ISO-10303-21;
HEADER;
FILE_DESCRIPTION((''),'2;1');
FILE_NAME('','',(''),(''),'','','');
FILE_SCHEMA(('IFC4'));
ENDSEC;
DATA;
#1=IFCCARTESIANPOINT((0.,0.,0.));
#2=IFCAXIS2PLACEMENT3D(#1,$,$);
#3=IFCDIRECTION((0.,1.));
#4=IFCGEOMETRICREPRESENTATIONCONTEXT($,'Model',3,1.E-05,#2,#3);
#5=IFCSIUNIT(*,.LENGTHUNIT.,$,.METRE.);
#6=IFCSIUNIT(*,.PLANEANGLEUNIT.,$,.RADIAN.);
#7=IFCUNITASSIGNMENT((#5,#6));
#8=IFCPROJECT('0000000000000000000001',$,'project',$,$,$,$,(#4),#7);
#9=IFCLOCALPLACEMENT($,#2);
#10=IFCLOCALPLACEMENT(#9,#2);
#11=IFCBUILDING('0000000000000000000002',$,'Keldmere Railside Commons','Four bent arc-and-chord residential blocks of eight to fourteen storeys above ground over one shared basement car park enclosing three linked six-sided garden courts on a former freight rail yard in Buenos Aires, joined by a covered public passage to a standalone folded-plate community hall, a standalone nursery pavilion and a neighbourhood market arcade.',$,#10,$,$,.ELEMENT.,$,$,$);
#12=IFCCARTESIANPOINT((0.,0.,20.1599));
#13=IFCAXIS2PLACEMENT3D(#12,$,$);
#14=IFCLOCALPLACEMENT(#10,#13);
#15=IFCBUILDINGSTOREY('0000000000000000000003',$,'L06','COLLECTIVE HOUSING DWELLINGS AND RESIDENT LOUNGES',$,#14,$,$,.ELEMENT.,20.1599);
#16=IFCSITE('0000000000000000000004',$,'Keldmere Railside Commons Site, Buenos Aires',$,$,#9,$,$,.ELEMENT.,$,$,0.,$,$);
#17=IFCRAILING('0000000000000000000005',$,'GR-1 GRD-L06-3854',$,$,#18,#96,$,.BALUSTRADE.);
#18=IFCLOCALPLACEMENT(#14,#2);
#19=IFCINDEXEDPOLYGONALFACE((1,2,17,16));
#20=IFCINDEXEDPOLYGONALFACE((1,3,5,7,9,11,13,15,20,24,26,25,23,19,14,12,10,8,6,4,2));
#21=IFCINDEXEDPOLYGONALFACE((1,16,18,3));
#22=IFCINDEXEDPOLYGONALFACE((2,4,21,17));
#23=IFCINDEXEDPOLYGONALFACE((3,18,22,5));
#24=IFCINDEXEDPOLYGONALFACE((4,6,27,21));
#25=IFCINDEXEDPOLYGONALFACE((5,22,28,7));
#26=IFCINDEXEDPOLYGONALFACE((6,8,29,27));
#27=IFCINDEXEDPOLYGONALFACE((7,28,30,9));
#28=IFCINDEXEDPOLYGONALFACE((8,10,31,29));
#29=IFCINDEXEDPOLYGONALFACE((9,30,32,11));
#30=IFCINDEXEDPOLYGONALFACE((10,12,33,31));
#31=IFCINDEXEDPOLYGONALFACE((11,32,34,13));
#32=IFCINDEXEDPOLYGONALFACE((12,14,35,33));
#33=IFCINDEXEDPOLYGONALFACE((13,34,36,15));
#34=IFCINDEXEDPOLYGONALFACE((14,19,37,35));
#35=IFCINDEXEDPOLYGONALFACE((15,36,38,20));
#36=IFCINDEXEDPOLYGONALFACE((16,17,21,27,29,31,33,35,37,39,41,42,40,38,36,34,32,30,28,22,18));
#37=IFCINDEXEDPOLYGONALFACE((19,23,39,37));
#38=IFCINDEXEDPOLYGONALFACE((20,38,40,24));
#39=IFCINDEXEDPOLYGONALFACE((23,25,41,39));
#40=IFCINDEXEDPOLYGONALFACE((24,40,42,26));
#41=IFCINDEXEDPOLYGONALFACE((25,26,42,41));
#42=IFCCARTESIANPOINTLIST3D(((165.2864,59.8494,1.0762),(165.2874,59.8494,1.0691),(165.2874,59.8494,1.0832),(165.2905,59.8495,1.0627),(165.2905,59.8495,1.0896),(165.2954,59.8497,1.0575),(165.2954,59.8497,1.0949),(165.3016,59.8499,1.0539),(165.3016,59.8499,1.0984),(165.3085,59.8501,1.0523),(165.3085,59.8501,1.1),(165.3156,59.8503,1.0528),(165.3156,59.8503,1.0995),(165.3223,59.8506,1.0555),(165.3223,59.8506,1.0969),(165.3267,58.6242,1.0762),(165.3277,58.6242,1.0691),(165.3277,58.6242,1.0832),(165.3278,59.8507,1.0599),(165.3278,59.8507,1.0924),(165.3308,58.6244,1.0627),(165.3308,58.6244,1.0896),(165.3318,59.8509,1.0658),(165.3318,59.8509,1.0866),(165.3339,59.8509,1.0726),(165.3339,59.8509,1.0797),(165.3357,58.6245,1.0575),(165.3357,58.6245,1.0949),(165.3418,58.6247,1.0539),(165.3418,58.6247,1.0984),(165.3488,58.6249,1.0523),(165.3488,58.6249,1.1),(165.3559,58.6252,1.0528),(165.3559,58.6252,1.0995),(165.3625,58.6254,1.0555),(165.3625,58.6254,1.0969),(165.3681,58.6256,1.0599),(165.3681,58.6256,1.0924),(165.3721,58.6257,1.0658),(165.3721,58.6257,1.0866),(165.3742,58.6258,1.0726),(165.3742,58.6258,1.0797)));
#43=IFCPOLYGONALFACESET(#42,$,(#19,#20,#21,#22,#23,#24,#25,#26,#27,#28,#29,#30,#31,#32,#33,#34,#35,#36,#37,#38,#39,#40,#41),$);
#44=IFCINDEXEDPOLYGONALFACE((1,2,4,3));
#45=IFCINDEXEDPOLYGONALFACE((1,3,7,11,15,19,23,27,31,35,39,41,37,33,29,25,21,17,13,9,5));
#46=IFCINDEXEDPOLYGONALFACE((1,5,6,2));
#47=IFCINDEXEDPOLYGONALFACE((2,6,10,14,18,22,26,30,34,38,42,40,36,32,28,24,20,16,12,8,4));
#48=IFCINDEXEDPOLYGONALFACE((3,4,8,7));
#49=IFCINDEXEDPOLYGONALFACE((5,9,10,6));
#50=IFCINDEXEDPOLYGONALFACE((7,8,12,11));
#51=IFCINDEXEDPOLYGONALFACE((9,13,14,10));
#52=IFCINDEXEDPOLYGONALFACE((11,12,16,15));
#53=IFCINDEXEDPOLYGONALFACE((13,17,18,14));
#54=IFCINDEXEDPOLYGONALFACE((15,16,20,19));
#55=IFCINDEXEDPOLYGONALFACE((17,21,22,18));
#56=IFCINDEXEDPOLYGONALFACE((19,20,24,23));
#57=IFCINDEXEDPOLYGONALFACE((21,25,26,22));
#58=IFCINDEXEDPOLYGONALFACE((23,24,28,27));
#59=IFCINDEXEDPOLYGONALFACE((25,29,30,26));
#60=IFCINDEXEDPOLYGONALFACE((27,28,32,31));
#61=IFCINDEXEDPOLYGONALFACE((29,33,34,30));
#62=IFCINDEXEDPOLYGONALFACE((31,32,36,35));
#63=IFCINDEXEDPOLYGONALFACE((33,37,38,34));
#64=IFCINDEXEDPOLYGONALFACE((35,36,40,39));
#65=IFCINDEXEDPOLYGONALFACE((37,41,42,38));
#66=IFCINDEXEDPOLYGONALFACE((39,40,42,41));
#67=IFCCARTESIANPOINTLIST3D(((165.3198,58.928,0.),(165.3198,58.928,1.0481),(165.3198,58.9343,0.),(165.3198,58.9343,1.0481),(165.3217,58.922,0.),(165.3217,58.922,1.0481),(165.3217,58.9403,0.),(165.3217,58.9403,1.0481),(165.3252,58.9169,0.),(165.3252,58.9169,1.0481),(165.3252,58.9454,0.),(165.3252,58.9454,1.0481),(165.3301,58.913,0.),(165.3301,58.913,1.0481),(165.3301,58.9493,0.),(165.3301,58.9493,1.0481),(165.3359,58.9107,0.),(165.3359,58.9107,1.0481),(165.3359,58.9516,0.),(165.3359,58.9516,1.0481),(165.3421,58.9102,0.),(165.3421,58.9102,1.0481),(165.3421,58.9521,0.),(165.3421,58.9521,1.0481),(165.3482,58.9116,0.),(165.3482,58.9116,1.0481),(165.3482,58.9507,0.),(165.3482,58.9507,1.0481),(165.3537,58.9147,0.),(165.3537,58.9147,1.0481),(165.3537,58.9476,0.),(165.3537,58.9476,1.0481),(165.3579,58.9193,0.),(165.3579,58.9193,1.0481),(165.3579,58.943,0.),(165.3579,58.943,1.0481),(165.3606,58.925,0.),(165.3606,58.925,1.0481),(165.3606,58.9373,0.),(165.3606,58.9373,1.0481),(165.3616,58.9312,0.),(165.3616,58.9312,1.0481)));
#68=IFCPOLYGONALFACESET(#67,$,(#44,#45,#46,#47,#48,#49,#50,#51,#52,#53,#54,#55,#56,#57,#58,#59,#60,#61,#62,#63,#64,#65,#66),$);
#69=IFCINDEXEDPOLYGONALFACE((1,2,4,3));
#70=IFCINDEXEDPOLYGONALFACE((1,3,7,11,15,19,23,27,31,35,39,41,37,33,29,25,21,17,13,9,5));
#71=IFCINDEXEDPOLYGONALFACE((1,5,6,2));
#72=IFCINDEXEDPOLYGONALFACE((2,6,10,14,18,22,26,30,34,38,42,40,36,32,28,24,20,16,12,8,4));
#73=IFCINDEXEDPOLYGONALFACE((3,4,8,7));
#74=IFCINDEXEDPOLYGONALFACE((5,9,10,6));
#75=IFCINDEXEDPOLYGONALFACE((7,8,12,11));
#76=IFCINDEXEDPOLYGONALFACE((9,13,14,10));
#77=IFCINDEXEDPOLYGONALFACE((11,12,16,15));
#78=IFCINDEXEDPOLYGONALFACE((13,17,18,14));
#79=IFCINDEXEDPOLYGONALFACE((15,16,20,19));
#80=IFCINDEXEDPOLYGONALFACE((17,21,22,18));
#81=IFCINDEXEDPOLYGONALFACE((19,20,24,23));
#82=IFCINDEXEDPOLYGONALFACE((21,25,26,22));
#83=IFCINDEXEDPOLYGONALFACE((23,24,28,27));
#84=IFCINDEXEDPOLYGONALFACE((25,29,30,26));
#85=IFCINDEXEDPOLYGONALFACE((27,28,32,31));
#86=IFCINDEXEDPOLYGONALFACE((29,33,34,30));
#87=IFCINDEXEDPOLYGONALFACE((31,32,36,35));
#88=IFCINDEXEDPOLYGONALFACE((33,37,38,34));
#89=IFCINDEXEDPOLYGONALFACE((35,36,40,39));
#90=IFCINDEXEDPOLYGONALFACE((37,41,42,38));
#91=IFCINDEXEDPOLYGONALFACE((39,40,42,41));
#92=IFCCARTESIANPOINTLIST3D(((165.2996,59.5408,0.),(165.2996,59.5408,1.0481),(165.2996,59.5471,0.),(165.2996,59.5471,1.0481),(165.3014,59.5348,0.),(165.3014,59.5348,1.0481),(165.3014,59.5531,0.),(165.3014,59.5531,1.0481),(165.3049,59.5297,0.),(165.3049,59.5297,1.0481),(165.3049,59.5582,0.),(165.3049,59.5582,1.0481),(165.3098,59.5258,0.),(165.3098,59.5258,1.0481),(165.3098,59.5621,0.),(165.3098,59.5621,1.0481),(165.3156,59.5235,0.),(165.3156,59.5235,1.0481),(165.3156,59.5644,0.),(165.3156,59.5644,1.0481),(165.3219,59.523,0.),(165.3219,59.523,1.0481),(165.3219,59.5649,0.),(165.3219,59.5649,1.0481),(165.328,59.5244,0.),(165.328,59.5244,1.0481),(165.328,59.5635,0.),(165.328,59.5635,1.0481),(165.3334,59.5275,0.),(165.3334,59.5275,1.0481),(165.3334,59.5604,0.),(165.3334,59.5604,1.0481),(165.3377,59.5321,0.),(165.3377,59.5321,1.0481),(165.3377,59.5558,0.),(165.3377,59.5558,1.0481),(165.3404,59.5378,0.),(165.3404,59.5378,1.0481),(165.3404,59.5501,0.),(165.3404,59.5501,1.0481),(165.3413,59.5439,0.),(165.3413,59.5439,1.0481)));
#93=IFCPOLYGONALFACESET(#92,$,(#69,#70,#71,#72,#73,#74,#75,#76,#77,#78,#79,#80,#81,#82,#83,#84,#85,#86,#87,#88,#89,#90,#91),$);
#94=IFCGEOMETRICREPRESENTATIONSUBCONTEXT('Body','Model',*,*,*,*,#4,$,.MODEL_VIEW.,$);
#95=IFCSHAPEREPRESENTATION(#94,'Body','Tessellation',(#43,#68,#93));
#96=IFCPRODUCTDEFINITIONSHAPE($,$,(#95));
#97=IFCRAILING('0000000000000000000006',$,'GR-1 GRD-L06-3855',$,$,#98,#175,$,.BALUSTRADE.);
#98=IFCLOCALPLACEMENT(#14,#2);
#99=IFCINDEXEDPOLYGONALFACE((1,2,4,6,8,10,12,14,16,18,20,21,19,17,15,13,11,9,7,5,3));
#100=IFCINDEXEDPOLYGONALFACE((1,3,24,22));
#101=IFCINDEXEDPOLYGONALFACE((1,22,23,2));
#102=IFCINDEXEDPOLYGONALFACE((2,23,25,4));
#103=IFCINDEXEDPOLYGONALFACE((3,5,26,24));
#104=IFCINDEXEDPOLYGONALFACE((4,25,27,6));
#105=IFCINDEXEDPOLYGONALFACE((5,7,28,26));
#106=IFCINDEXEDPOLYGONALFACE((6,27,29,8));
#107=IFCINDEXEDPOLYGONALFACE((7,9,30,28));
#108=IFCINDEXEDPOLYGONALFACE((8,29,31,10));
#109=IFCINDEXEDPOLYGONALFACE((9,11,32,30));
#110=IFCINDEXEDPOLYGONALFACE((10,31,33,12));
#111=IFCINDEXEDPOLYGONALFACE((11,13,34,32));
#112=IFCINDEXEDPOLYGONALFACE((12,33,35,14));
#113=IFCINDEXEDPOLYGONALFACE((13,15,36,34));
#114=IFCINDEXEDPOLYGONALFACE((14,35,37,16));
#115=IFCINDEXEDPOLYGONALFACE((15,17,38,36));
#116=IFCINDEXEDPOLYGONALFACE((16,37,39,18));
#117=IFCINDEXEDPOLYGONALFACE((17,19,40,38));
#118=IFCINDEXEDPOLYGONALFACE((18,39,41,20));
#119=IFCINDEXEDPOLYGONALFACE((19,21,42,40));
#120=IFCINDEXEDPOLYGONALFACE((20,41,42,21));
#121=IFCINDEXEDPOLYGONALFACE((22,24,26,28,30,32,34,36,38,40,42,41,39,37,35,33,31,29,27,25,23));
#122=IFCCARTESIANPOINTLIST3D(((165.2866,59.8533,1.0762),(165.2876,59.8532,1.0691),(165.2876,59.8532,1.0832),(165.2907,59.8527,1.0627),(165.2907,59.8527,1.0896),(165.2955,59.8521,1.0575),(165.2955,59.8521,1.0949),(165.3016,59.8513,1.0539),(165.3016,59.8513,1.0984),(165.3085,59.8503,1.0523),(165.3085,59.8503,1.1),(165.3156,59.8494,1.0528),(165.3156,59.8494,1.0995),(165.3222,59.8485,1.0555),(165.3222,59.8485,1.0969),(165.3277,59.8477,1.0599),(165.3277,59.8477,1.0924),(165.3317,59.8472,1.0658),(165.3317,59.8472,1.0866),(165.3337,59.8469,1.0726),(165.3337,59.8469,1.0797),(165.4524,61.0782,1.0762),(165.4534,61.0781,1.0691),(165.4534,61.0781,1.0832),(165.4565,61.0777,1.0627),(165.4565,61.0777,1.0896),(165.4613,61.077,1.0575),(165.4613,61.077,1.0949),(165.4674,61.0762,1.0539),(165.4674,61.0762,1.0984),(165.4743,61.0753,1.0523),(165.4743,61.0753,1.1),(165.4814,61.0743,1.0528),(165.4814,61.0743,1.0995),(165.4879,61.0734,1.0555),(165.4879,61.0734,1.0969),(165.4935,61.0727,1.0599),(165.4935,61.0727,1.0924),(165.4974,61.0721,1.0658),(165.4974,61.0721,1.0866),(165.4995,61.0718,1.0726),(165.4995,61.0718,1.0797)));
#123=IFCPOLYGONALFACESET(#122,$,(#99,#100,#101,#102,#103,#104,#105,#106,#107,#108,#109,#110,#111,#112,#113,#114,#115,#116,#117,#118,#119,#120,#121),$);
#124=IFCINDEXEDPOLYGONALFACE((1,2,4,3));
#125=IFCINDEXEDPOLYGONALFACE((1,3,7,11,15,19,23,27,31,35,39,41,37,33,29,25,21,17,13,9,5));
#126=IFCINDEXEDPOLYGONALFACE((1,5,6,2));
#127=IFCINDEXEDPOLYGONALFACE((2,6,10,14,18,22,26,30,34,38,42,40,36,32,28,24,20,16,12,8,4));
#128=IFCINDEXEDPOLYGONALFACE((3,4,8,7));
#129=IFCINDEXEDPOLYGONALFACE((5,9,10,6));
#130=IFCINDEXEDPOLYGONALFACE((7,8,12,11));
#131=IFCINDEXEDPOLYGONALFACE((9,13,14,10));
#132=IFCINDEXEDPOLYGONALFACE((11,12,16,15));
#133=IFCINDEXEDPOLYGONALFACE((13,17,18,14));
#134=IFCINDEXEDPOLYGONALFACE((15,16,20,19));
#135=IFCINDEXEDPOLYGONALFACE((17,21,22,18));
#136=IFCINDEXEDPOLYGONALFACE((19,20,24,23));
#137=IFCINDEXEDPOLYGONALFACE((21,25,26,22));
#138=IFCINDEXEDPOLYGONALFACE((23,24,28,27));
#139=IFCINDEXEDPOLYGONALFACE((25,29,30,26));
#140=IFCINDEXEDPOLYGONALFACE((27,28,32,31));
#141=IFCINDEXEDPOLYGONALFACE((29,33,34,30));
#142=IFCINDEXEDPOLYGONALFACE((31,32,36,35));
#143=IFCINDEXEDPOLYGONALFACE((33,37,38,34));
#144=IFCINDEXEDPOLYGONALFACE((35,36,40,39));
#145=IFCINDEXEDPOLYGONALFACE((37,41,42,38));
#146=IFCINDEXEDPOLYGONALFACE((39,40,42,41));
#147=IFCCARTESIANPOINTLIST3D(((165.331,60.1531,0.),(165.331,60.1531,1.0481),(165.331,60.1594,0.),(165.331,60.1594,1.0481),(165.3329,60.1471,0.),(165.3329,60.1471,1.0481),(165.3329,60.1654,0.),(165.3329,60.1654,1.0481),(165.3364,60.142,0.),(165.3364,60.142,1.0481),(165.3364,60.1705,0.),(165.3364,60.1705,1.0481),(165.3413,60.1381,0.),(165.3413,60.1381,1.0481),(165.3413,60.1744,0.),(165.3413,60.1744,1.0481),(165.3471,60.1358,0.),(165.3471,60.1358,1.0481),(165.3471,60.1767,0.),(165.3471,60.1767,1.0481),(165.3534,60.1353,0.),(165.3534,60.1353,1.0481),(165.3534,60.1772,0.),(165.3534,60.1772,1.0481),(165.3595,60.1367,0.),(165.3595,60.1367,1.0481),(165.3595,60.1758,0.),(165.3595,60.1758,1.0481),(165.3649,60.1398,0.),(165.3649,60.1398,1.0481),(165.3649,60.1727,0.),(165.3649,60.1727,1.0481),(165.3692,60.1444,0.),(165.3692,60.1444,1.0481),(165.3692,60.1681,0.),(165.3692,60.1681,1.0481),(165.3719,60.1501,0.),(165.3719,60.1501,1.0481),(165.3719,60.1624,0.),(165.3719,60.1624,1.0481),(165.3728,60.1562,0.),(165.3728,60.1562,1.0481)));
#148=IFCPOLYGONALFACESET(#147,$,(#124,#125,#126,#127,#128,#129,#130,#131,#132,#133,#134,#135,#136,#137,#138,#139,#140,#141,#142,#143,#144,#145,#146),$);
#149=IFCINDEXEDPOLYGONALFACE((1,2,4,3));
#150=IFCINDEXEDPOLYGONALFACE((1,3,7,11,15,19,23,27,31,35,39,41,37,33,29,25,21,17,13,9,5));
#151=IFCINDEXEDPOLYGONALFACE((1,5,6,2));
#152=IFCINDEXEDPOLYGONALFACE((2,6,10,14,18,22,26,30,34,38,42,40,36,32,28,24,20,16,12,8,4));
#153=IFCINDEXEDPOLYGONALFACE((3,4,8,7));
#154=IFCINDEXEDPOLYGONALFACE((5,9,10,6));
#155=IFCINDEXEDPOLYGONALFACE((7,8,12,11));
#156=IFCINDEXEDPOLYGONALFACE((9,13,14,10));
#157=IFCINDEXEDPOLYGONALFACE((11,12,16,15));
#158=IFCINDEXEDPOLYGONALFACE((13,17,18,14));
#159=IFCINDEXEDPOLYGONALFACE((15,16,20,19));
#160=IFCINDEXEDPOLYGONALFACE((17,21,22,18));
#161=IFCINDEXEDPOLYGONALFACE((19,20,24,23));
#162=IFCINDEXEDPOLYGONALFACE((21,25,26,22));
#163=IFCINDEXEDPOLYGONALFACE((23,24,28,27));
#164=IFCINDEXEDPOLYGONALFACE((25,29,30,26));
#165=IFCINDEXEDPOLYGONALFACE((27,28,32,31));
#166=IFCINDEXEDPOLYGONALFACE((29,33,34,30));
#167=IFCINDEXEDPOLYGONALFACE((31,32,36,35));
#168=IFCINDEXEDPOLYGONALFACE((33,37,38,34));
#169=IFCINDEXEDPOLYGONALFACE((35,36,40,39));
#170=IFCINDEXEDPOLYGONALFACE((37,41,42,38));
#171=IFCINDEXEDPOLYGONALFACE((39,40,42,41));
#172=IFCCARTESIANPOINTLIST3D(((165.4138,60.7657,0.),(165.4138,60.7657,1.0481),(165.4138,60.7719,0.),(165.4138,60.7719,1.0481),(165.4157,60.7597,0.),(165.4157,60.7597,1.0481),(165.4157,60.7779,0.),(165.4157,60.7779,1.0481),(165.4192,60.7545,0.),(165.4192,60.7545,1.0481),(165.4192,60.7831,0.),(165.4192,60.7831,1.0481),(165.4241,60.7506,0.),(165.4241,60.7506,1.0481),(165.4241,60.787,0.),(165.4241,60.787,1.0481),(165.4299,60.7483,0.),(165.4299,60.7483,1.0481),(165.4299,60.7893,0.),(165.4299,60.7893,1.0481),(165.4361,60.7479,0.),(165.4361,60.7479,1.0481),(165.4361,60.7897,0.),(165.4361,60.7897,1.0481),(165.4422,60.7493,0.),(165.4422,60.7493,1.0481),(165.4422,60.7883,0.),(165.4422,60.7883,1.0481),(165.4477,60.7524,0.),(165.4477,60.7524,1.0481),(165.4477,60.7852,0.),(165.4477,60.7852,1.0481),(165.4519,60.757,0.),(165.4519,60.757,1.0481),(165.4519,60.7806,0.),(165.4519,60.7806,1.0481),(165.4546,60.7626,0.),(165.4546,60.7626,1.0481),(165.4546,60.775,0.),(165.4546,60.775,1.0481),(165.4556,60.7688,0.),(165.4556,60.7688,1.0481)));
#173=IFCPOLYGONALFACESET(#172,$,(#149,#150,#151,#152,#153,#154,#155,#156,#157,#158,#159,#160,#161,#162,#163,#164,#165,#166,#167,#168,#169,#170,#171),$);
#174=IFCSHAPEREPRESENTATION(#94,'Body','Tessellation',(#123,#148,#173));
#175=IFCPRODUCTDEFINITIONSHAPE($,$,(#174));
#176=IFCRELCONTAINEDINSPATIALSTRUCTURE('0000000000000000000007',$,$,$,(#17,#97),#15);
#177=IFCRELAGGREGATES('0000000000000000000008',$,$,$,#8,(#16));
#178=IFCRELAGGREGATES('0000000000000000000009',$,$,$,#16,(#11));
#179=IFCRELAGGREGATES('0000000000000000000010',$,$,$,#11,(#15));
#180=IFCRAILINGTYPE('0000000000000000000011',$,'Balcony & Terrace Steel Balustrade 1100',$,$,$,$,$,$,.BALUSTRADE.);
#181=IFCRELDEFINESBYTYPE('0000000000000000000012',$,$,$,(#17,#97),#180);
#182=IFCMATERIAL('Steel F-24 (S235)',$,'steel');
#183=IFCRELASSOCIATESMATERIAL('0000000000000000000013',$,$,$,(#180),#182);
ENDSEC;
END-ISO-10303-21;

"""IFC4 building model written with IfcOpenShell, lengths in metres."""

from ifc_helpers import new_model, si_unit, direction, frame, origin, origin_2d, place, context, subcontext, project, spatial, circle, extrude, material, type_object, element, save


model = new_model("IFC4")

# Units and contexts
model_context = context("Model", 3, precision=1e-05, world=origin(), true_north=direction((0.0, 1.0)))
body_context = subcontext(model_context, "Body", "Model", "MODEL_VIEW")
ifc_project = project(units=[si_unit("LENGTHUNIT", "METRE"), si_unit("PLANEANGLEUNIT", "RADIAN")], contexts=[model_context])

# Site, building, storey
site_placement = place(None, origin())
site = spatial("IfcSite", under=ifc_project, at=site_placement, Name="Keldmere Railside Commons Site, Buenos Aires", CompositionType="ELEMENT", RefElevation=0.0)
building_placement = place(site_placement, origin())
building = spatial("IfcBuilding", under=site, at=building_placement, Name="Keldmere Railside Commons", Description="Four bent arc-and-chord residential blocks of eight to fourteen storeys above ground over one shared basement car park enclosing three linked six-sided garden courts on a former freight rail yard in Buenos Aires, joined by a covered public passage to a standalone folded-plate community hall, a standalone nursery pavilion and a neighbourhood market arcade.", CompositionType="ELEMENT")
storey_placement = place(building_placement, frame((0.0, 0.0, 20.1599)))
storey = spatial("IfcBuildingStorey", under=building, at=storey_placement, Name="L06", Description="COLLECTIVE HOUSING DWELLINGS AND RESIDENT LOUNGES", CompositionType="ELEMENT", Elevation=20.1599)

# Railings
ifc_material_1 = material(Name="Steel F-24 (S235)", Category="steel")
railing_type = type_object("IfcRailingType", Name="Balcony & Terrace Steel Balustrade 1100", PredefinedType="BALUSTRADE", material=ifc_material_1)
railing_1_placement = place(storey_placement, frame((165.3506, 58.625, 0.0)))
element("IfcRailing", 1, at=railing_1_placement, inside=storey, type_object=railing_type, Name="GR-1 GRD-L06-3854", PredefinedType="BALUSTRADE", context=body_context, shape_type="SweptSolid", body=[
    extrude(circle(Radius=0.0239, at=origin_2d()), frame((0.0, 0.0, 1.0762), z_axis=(-0.032864, 0.99946, 0.0), x_axis=(-0.99946, -0.032864, 0.0)), (0.0, 0.0, 1.0), 1.2258),
    extrude(circle(Radius=0.021, at=origin_2d()), frame((-0.01, 0.3062, 0.0)), (0.0, 0.0, 1.0), 1.0481),
    extrude(circle(Radius=0.021, at=origin_2d()), frame((-0.0303, 0.9189, 0.0)), (0.0, 0.0, 1.0), 1.0481),
])
railing_2_placement = place(storey_placement, frame((165.3103, 59.8501, 0.0)))
element("IfcRailing", 2, at=railing_2_placement, inside=storey, type_object=railing_type, Name="GR-1 GRD-L06-3855", PredefinedType="BALUSTRADE", context=body_context, shape_type="SweptSolid", body=[
    extrude(circle(Radius=0.0239, at=origin_2d()), frame((0.0, 0.0, 1.0762), z_axis=(0.134117, 0.990965, 0.0), x_axis=(-0.990965, 0.134117, 0.0)), (0.0, 0.0, 1.0), 1.2361),
    extrude(circle(Radius=0.021, at=origin_2d()), frame((0.0415, 0.3062, 0.0)), (0.0, 0.0, 1.0), 1.0481),
    extrude(circle(Radius=0.021, at=origin_2d()), frame((0.1243, 0.9187, 0.0)), (0.0, 0.0, 1.0), 1.0481),
])

save(model, "model.ifc")
